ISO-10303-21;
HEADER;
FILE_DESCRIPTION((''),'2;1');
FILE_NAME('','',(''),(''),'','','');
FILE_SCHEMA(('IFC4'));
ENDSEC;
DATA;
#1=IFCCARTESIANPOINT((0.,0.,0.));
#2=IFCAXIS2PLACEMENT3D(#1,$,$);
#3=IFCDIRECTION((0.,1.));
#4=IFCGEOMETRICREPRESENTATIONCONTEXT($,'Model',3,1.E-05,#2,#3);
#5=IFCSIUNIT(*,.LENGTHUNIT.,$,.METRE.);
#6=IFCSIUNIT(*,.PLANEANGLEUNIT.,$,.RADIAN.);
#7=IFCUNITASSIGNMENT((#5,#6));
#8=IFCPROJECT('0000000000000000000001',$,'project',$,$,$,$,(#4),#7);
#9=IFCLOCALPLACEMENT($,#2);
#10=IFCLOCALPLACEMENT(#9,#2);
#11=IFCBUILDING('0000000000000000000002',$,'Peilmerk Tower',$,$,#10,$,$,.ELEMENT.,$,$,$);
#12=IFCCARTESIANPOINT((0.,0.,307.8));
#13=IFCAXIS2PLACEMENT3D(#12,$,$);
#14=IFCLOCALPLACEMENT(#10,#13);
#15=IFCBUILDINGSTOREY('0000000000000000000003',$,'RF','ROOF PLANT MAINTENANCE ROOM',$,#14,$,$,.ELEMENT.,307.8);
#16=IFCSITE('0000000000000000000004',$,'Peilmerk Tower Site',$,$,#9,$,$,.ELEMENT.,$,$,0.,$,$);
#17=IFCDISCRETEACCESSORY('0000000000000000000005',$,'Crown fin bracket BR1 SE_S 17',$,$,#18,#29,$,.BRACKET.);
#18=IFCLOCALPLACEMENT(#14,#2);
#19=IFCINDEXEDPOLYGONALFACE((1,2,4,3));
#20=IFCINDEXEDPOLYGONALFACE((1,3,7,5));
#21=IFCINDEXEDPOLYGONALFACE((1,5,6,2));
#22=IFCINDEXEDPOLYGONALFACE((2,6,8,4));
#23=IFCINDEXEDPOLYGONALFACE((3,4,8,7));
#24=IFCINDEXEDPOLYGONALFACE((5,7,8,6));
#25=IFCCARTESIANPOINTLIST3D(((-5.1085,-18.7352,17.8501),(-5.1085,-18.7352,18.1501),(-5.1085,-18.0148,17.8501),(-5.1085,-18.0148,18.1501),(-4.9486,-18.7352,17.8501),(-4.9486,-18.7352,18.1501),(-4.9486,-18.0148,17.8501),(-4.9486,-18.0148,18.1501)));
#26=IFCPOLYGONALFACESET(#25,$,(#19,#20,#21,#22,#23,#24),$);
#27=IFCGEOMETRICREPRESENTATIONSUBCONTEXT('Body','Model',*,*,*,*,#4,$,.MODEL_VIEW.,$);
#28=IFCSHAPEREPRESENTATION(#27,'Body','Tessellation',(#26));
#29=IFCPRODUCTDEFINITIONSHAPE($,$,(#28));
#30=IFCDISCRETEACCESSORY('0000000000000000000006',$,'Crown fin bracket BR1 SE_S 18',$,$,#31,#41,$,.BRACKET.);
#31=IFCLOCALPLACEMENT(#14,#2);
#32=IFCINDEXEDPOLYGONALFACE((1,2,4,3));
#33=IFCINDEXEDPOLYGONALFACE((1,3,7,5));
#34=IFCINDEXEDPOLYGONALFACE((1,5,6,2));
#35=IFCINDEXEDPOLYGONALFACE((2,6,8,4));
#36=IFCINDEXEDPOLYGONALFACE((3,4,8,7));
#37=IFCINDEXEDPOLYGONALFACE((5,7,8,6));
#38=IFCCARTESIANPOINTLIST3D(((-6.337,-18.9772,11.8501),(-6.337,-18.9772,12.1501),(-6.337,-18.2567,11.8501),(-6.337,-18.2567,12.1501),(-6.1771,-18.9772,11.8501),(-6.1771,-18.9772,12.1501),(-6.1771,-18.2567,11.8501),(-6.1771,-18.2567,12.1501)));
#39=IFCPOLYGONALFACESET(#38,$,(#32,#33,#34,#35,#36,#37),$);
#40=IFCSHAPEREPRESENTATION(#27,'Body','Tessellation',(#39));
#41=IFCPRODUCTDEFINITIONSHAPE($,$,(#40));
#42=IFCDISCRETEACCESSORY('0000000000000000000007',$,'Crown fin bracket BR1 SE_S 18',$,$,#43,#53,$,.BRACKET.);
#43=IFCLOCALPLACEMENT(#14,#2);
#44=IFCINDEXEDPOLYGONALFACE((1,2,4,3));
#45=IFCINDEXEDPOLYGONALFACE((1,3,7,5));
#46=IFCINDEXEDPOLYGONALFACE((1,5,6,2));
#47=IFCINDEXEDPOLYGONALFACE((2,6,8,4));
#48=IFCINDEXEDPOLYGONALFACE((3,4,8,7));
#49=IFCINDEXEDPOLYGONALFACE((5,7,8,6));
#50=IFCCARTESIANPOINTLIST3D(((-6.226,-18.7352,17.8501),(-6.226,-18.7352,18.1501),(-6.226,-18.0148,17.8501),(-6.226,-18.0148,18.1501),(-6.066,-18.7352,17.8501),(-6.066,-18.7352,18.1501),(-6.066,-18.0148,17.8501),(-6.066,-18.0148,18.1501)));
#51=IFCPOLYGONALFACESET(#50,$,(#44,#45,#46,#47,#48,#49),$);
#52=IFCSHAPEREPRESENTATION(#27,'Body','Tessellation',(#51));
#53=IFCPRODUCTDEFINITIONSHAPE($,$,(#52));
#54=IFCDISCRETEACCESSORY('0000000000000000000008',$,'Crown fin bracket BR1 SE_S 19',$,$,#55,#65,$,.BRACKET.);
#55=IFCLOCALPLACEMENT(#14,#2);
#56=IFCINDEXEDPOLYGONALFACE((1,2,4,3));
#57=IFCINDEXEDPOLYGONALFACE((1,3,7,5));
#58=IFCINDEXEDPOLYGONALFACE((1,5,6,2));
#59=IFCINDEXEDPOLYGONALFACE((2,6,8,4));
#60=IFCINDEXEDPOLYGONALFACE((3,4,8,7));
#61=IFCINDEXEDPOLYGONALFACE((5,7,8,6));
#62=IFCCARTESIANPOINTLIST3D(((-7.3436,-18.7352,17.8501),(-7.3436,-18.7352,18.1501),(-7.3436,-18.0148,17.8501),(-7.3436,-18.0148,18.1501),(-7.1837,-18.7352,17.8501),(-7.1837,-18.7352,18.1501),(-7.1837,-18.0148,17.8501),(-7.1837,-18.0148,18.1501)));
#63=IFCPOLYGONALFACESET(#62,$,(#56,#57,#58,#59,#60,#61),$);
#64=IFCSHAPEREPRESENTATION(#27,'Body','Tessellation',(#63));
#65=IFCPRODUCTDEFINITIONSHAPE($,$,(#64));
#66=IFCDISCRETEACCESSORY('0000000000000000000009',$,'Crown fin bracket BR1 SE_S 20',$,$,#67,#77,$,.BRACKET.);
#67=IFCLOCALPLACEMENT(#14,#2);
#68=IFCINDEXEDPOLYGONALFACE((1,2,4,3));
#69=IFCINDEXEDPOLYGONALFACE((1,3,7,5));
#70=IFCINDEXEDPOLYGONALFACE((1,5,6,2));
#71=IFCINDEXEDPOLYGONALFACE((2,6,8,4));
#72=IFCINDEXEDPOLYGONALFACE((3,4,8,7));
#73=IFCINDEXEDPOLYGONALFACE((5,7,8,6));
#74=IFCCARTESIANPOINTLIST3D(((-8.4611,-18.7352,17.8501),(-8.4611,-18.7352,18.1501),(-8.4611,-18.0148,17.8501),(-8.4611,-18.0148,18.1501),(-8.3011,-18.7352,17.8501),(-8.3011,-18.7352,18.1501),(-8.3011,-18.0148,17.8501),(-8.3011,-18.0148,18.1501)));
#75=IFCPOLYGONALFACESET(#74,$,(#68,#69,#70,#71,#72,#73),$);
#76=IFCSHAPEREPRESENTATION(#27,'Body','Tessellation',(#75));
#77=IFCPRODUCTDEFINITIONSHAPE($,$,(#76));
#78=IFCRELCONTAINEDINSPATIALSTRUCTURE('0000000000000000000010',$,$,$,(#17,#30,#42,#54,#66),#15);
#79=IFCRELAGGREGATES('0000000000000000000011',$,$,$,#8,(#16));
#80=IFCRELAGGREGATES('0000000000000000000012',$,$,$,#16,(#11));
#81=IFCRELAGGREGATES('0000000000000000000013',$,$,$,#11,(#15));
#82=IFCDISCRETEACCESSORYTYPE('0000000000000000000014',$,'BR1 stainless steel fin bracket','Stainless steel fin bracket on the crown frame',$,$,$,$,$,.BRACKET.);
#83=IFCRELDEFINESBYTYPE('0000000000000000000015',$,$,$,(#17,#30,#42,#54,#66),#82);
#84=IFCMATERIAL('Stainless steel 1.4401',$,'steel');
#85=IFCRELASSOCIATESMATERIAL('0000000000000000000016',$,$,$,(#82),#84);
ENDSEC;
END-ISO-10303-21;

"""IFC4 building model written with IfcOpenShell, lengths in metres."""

from ifc_helpers import new_model, si_unit, direction, frame, origin, origin_2d, place, context, subcontext, project, spatial, rectangle, extrude, source, transform, mapped, material, type_object, element, save


model = new_model("IFC4")

# Units and contexts
model_context = context("Model", 3, precision=1e-05, world=origin(), true_north=direction((0.0, 1.0)))
body_context = subcontext(model_context, "Body", "Model", "MODEL_VIEW")
ifc_project = project(units=[si_unit("LENGTHUNIT", "METRE"), si_unit("PLANEANGLEUNIT", "RADIAN")], contexts=[model_context])

# Site, building, storey
site_placement = place(None, origin())
site = spatial("IfcSite", under=ifc_project, at=site_placement, Name="Peilmerk Tower Site", CompositionType="ELEMENT", RefElevation=0.0)
building_placement = place(site_placement, origin())
building = spatial("IfcBuilding", under=site, at=building_placement, Name="Peilmerk Tower", CompositionType="ELEMENT")
storey_placement = place(building_placement, frame((0.0, 0.0, 307.8)))
storey = spatial("IfcBuildingStorey", under=building, at=storey_placement, Name="RF", Description="ROOF PLANT MAINTENANCE ROOM", CompositionType="ELEMENT", Elevation=307.8)

# Discrete accessories
ifc_material_1 = material(Name="Stainless steel 1.4401", Category="steel")
discrete_accessory_type = type_object("IfcDiscreteAccessoryType", Name="BR1 stainless steel fin bracket", Description="Stainless steel fin bracket on the crown frame", PredefinedType="BRACKET", material=ifc_material_1)
shared_shape_1 = source(origin(), body_context, "Body", "SweptSolid", [
    extrude(rectangle(XDim=0.7205, YDim=0.1599, at=origin_2d()), origin(), (0.0, 0.0, 1.0), 0.3),
])
for number, where, z_axis, x_axis, name in (
    (1, (-5.0286, -18.375, 17.8501), (0.0, 0.0, 1.0), (0.0, -1.0, 0.0), "Crown fin bracket BR1 SE_S 17"),
    (2, (-6.2571, -18.6169, 11.8501), (0.0, 0.0, 1.0), (0.0, -1.0, 0.0), "Crown fin bracket BR1 SE_S 18"),
    (3, (-6.146, -18.375, 17.8501), (0.0, 0.0, 1.0), (0.0, -1.0, 0.0), "Crown fin bracket BR1 SE_S 18"),
    (4, (-7.2637, -18.375, 17.8501), (0.0, 0.0, 1.0), (0.0, -1.0, 0.0), "Crown fin bracket BR1 SE_S 19"),
    (5, (-8.3811, -18.375, 17.8501), (0.0, 0.0, 1.0), (0.0, -1.0, 0.0), "Crown fin bracket BR1 SE_S 20"),
):
    element("IfcDiscreteAccessory", number, at=place(storey_placement, frame(where, z_axis=z_axis, x_axis=x_axis)), inside=storey, type_object=discrete_accessory_type, Name=name, PredefinedType="BRACKET", context=body_context, shape_type="MappedRepresentation", body=[
        mapped(shared_shape_1, transform((0.0, 0.0, 0.0), scale=1.0)),
    ])

save(model, "model.ifc")
